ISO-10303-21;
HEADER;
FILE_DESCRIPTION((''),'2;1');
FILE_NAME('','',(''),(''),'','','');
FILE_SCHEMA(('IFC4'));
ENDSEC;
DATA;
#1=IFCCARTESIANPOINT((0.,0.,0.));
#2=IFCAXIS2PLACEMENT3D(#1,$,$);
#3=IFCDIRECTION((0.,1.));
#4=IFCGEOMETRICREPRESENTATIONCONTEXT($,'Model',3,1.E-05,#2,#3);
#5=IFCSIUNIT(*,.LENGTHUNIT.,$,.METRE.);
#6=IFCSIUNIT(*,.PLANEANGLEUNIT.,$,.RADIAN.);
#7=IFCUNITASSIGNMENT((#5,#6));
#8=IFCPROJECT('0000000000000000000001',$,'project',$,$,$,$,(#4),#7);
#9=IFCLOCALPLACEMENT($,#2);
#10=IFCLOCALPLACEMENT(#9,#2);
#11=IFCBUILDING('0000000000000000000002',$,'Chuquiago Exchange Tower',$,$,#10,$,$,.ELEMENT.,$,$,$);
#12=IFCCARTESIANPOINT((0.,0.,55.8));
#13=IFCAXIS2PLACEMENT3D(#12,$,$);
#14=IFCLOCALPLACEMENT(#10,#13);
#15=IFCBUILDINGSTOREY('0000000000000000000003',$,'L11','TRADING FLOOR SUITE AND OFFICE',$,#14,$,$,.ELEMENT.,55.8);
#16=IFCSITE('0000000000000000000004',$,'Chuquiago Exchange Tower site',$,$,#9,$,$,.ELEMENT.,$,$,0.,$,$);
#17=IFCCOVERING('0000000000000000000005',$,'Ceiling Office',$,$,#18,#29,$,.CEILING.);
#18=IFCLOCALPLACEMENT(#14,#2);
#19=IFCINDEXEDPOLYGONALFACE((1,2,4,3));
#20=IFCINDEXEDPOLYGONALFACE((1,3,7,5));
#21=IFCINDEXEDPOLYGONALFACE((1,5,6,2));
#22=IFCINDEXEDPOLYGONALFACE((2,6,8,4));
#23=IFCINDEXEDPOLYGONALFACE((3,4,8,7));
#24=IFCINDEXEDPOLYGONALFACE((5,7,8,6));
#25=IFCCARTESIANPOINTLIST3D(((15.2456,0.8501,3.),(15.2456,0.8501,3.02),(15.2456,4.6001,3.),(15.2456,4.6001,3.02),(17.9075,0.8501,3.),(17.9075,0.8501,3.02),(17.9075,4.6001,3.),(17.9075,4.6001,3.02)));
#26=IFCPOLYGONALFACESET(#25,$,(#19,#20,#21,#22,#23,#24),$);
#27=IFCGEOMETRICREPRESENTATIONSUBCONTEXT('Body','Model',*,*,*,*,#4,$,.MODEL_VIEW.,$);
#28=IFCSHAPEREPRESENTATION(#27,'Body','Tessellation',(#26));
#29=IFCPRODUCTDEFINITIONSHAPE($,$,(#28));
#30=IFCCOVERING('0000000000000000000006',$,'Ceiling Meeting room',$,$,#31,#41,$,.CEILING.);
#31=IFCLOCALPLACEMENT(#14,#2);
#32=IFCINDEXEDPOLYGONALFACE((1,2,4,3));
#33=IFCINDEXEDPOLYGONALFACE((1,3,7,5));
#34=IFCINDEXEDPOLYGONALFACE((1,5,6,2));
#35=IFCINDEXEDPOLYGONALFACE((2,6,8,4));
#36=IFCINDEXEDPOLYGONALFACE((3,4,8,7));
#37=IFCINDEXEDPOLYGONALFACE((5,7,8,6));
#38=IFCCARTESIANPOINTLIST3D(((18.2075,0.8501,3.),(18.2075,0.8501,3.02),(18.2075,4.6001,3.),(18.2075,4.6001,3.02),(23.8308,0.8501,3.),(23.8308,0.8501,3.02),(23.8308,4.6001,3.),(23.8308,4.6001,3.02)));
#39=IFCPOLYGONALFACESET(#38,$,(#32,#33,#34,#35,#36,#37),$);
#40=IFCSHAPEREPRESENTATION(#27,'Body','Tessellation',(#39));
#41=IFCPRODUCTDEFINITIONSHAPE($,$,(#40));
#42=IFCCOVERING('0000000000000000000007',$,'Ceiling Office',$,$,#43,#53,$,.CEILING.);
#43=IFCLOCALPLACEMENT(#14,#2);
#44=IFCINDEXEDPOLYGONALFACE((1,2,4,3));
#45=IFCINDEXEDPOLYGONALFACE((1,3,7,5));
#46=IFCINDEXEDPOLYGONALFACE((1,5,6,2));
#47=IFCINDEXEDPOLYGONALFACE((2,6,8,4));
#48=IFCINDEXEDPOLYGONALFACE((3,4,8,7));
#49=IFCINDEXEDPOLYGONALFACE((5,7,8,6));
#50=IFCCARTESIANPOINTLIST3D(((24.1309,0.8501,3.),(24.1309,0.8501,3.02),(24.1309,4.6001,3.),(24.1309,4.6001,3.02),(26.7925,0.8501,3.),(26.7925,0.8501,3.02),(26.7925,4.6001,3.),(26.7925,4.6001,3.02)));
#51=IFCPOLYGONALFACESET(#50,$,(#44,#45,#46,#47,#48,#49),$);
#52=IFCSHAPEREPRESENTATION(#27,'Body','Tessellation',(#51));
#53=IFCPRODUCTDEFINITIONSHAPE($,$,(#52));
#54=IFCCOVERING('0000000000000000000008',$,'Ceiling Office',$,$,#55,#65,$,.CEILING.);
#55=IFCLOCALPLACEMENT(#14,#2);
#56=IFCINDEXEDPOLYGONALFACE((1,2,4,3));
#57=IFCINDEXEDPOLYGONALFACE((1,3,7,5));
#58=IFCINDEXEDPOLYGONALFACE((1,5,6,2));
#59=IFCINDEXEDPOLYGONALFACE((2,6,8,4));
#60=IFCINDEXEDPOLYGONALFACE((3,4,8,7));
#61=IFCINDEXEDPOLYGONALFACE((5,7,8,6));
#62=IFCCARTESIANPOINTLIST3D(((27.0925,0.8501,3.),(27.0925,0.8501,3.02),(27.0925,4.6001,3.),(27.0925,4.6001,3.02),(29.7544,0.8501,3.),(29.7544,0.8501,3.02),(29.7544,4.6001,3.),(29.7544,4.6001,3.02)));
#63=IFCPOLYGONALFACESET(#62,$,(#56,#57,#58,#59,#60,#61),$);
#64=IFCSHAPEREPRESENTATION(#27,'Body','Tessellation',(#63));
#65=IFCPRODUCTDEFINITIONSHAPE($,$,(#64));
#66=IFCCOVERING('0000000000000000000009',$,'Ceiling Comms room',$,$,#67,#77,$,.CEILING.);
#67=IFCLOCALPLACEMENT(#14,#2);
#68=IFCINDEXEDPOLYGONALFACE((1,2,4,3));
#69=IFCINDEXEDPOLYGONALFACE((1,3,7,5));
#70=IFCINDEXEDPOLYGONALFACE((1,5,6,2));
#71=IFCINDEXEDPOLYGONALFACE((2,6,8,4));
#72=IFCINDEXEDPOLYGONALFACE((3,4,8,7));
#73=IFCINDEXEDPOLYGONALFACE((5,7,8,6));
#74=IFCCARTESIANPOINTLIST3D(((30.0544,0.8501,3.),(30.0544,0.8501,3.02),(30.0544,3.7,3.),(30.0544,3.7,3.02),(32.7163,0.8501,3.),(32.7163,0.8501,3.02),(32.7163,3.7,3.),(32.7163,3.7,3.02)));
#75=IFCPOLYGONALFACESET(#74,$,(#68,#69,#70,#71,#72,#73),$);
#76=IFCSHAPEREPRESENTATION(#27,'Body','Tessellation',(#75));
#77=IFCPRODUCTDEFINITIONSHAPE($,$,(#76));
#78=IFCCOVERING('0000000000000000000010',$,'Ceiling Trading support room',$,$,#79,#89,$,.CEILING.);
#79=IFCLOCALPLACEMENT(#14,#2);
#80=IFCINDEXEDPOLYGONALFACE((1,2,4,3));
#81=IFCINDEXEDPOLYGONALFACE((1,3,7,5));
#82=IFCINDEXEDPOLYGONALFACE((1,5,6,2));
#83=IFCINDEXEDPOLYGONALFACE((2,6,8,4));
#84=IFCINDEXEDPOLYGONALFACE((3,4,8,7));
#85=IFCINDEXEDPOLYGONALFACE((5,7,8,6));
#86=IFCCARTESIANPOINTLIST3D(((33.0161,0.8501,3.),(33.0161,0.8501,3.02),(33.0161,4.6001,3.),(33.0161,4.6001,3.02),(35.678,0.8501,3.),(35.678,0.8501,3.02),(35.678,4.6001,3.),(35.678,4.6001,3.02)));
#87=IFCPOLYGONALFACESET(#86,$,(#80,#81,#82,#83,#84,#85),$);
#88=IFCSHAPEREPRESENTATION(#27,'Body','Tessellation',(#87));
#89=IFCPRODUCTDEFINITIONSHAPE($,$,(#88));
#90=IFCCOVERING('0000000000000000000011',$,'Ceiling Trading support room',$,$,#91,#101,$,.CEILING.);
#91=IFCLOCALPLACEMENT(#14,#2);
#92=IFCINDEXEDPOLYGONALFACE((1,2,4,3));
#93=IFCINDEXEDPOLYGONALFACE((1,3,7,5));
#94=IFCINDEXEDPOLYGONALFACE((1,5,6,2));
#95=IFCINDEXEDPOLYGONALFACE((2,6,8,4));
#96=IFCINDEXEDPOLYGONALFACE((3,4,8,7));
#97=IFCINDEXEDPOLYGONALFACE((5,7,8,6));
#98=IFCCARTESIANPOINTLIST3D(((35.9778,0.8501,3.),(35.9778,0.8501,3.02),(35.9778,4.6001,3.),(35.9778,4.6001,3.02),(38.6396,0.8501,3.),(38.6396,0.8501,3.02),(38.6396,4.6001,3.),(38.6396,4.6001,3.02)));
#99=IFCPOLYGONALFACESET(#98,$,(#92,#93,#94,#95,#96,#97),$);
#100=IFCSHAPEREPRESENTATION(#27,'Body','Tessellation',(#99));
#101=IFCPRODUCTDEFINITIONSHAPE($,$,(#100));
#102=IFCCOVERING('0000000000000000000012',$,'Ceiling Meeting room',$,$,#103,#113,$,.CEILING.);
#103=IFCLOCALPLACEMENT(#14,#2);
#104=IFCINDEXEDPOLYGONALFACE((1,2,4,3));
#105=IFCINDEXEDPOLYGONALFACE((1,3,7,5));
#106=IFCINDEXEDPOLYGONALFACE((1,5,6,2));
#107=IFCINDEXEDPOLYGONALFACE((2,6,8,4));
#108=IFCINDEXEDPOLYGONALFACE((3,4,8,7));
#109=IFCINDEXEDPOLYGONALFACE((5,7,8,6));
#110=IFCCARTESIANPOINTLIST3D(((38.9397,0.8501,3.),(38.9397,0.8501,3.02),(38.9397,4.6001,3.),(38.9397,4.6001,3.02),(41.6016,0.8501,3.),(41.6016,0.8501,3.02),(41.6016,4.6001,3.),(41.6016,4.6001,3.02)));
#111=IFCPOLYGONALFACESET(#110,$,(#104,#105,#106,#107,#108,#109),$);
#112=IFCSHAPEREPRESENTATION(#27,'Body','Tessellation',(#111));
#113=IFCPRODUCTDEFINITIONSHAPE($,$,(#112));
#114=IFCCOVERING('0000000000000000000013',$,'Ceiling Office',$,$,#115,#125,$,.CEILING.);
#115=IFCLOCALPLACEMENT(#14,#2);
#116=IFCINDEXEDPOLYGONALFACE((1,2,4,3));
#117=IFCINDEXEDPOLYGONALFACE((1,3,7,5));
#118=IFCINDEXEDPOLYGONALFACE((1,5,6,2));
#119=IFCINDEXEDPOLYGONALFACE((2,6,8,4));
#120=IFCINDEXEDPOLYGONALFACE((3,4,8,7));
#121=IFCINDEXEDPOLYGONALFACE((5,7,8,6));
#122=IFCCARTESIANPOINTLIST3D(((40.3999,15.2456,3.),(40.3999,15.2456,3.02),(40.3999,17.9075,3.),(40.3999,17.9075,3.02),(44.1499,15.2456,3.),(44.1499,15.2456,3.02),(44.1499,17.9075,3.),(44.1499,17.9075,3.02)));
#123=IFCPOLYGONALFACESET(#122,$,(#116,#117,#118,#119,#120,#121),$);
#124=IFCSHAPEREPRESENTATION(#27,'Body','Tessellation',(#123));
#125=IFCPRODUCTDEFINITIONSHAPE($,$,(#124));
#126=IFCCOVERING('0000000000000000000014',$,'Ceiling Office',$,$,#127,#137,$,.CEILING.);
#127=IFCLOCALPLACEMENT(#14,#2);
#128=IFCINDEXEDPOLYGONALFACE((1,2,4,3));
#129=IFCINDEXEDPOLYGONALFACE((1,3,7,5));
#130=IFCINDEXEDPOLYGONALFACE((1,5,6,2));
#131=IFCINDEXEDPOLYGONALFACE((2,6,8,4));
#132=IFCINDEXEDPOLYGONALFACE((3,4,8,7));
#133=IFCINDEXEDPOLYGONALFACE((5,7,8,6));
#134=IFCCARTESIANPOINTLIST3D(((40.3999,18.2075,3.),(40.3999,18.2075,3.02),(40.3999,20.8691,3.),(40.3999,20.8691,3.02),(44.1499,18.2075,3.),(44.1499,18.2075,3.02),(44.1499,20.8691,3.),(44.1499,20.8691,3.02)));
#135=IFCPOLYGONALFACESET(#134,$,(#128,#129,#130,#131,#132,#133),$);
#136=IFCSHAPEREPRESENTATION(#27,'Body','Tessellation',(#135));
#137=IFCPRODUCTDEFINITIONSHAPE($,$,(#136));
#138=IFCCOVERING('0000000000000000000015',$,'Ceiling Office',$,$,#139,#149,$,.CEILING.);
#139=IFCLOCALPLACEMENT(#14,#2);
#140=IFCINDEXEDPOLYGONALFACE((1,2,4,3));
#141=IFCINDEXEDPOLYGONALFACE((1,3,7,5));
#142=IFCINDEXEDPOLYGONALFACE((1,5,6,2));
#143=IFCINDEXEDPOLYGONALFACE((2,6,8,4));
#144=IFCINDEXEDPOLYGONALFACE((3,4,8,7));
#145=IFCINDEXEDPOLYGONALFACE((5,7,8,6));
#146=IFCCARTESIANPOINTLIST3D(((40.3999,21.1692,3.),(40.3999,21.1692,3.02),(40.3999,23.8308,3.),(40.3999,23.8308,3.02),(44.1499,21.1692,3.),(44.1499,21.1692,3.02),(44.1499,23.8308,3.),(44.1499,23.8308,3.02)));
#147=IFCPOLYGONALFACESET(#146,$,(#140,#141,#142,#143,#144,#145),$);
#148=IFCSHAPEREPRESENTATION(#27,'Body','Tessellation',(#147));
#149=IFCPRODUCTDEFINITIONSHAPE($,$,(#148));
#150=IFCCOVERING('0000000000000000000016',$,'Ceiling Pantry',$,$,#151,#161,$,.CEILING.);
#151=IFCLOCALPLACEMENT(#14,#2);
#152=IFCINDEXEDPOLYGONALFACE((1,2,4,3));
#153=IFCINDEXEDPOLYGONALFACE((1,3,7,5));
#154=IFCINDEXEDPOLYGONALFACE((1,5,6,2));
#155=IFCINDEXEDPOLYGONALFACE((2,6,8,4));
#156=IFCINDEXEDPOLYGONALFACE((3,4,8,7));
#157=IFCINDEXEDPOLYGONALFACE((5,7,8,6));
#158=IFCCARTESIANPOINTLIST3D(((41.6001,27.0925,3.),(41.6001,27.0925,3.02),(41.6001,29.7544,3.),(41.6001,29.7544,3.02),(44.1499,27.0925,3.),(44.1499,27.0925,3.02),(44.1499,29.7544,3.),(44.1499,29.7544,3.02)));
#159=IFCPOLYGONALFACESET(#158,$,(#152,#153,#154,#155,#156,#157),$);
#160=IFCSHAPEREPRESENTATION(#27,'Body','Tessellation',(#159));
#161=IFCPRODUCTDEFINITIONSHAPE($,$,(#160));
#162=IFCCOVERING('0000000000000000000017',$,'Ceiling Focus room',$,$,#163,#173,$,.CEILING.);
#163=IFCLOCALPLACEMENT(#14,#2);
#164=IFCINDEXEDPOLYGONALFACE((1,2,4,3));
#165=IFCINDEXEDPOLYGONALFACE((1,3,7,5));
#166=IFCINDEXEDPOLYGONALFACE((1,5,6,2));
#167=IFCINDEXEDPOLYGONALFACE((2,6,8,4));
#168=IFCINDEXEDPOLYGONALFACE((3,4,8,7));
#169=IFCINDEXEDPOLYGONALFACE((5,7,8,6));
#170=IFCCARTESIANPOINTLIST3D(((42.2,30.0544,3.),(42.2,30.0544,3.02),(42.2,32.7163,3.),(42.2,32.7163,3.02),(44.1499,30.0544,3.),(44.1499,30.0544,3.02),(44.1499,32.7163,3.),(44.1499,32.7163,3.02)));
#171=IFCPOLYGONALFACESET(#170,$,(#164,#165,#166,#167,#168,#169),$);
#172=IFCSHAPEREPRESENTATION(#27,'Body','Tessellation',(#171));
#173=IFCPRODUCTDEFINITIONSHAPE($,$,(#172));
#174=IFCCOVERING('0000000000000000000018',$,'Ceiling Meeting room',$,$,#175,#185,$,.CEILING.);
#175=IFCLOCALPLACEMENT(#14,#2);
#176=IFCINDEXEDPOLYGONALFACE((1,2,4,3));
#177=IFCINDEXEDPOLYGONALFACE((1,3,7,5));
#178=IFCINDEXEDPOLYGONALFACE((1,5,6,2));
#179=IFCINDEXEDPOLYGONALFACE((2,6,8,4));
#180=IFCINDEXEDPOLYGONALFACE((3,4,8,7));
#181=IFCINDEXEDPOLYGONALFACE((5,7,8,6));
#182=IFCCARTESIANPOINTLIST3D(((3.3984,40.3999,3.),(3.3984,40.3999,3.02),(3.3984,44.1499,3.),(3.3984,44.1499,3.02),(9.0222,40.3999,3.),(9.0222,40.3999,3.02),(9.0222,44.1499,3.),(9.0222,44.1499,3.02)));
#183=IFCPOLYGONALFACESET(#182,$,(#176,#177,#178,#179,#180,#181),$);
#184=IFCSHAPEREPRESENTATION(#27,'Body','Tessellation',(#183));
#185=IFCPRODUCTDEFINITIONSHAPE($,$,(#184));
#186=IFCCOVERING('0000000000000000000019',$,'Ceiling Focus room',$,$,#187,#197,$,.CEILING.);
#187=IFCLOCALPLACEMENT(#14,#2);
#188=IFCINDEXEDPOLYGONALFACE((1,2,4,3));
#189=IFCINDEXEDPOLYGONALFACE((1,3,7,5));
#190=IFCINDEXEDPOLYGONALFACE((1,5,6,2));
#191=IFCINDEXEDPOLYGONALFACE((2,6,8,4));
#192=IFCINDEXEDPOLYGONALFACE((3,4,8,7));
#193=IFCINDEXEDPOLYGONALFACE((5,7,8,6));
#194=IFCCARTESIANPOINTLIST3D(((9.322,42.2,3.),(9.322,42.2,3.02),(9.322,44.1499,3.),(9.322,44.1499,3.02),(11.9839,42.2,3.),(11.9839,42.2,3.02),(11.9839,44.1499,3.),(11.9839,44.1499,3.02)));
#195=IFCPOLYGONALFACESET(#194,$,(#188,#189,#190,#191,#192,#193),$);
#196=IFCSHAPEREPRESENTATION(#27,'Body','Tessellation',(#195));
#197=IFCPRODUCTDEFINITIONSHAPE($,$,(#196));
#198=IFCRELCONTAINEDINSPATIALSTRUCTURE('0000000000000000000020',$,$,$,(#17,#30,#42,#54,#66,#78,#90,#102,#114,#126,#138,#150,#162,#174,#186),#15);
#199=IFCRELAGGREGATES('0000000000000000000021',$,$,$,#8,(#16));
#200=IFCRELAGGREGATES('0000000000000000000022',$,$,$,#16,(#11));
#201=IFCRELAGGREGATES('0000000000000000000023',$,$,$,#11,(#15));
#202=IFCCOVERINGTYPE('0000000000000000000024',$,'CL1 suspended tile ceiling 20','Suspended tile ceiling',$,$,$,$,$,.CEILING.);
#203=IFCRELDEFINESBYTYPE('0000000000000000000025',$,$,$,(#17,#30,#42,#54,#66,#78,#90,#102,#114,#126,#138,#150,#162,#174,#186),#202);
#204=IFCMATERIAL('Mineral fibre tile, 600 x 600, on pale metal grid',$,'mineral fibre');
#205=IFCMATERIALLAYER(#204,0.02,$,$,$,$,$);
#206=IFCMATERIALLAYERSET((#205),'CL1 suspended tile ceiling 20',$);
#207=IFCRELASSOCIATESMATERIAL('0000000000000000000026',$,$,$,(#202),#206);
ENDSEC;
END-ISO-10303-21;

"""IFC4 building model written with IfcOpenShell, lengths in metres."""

from ifc_helpers import new_model, si_unit, direction, frame, origin, place, context, subcontext, project, spatial, polyline, outline, extrude, material, layer, layer_set, type_object, element, save


model = new_model("IFC4")

# Units and contexts
model_context = context("Model", 3, precision=1e-05, world=origin(), true_north=direction((0.0, 1.0)))
body_context = subcontext(model_context, "Body", "Model", "MODEL_VIEW")
ifc_project = project(units=[si_unit("LENGTHUNIT", "METRE"), si_unit("PLANEANGLEUNIT", "RADIAN")], contexts=[model_context])

# Site, building, storey
site_placement = place(None, origin())
site = spatial("IfcSite", under=ifc_project, at=site_placement, Name="Chuquiago Exchange Tower site", CompositionType="ELEMENT", RefElevation=0.0)
building_placement = place(site_placement, origin())
building = spatial("IfcBuilding", under=site, at=building_placement, Name="Chuquiago Exchange Tower", CompositionType="ELEMENT")
storey_placement = place(building_placement, frame((0.0, 0.0, 55.8)))
storey = spatial("IfcBuildingStorey", under=building, at=storey_placement, Name="L11", Description="TRADING FLOOR SUITE AND OFFICE", CompositionType="ELEMENT", Elevation=55.8)

# Coverings
ifc_material_1 = material(Name="Mineral fibre tile, 600 x 600, on pale metal grid", Category="mineral fibre")
ifc_layer_1 = layer(ifc_material_1, 0.02)
ifc_layer_set_1 = layer_set([ifc_layer_1], Name="CL1 suspended tile ceiling 20")
covering_type_1 = type_object("IfcCoveringType", Name="CL1 suspended tile ceiling 20", Description="Suspended tile ceiling", PredefinedType="CEILING", material=ifc_layer_set_1)
covering_1_placement = place(storey_placement, frame((0.0, 0.0, 3.0)))
element("IfcCovering", 1, at=covering_1_placement, inside=storey, type_object=covering_type_1, Name="Ceiling Office", PredefinedType="CEILING", context=body_context, shape_type="SweptSolid", body=[
    extrude(outline(polyline([(15.2456, 4.6001), (17.9075, 4.6001), (17.9075, 0.8501), (15.2456, 0.8501), (15.2456, 4.6001)])), origin(), (0.0, 0.0, 1.0), 0.02),
])
covering_2_placement = place(storey_placement, frame((0.0, 0.0, 3.0)))
element("IfcCovering", 2, at=covering_2_placement, inside=storey, type_object=covering_type_1, Name="Ceiling Meeting room", PredefinedType="CEILING", context=body_context, shape_type="SweptSolid", body=[
    extrude(outline(polyline([(18.2075, 4.6001), (23.8308, 4.6001), (23.8308, 0.8501), (18.2075, 0.8501), (18.2075, 4.6001)])), origin(), (0.0, 0.0, 1.0), 0.02),
])
covering_3_placement = place(storey_placement, frame((0.0, 0.0, 3.0)))
element("IfcCovering", 3, at=covering_3_placement, inside=storey, type_object=covering_type_1, Name="Ceiling Office", PredefinedType="CEILING", context=body_context, shape_type="SweptSolid", body=[
    extrude(outline(polyline([(24.1309, 4.6001), (26.7925, 4.6001), (26.7925, 0.8501), (24.1309, 0.8501), (24.1309, 4.6001)])), origin(), (0.0, 0.0, 1.0), 0.02),
])
covering_4_placement = place(storey_placement, frame((0.0, 0.0, 3.0)))
element("IfcCovering", 4, at=covering_4_placement, inside=storey, type_object=covering_type_1, Name="Ceiling Office", PredefinedType="CEILING", context=body_context, shape_type="SweptSolid", body=[
    extrude(outline(polyline([(27.0925, 4.6001), (29.7544, 4.6001), (29.7544, 0.8501), (27.0925, 0.8501), (27.0925, 4.6001)])), origin(), (0.0, 0.0, 1.0), 0.02),
])
covering_5_placement = place(storey_placement, frame((0.0, 0.0, 3.0)))
element("IfcCovering", 5, at=covering_5_placement, inside=storey, type_object=covering_type_1, Name="Ceiling Comms room", PredefinedType="CEILING", context=body_context, shape_type="SweptSolid", body=[
    extrude(outline(polyline([(30.0544, 3.7), (32.7163, 3.7), (32.7163, 0.8501), (30.0544, 0.8501), (30.0544, 3.7)])), origin(), (0.0, 0.0, 1.0), 0.02),
])
covering_6_placement = place(storey_placement, frame((0.0, 0.0, 3.0)))
element("IfcCovering", 6, at=covering_6_placement, inside=storey, type_object=covering_type_1, Name="Ceiling Trading support room", PredefinedType="CEILING", context=body_context, shape_type="SweptSolid", body=[
    extrude(outline(polyline([(33.0161, 4.6001), (35.678, 4.6001), (35.678, 0.8501), (33.0161, 0.8501), (33.0161, 4.6001)])), origin(), (0.0, 0.0, 1.0), 0.02),
])
covering_7_placement = place(storey_placement, frame((0.0, 0.0, 3.0)))
element("IfcCovering", 7, at=covering_7_placement, inside=storey, type_object=covering_type_1, Name="Ceiling Trading support room", PredefinedType="CEILING", context=body_context, shape_type="SweptSolid", body=[
    extrude(outline(polyline([(35.9778, 4.6001), (38.6396, 4.6001), (38.6396, 0.8501), (35.9778, 0.8501), (35.9778, 4.6001)])), origin(), (0.0, 0.0, 1.0), 0.02),
])
covering_8_placement = place(storey_placement, frame((0.0, 0.0, 3.0)))
element("IfcCovering", 8, at=covering_8_placement, inside=storey, type_object=covering_type_1, Name="Ceiling Meeting room", PredefinedType="CEILING", context=body_context, shape_type="SweptSolid", body=[
    extrude(outline(polyline([(38.9397, 0.8501), (38.9397, 4.6001), (41.6016, 4.6001), (41.6016, 0.8501), (38.9397, 0.8501)])), origin(), (0.0, 0.0, 1.0), 0.02),
])
covering_9_placement = place(storey_placement, frame((0.0, 0.0, 3.0)))
element("IfcCovering", 9, at=covering_9_placement, inside=storey, type_object=covering_type_1, Name="Ceiling Office", PredefinedType="CEILING", context=body_context, shape_type="SweptSolid", body=[
    extrude(outline(polyline([(40.3999, 15.2456), (40.3999, 17.9075), (44.1499, 17.9075), (44.1499, 15.2456), (40.3999, 15.2456)])), origin(), (0.0, 0.0, 1.0), 0.02),
])
covering_10_placement = place(storey_placement, frame((0.0, 0.0, 3.0)))
element("IfcCovering", 10, at=covering_10_placement, inside=storey, type_object=covering_type_1, Name="Ceiling Office", PredefinedType="CEILING", context=body_context, shape_type="SweptSolid", body=[
    extrude(outline(polyline([(40.3999, 18.2075), (40.3999, 20.8691), (44.1499, 20.8691), (44.1499, 18.2075), (40.3999, 18.2075)])), origin(), (0.0, 0.0, 1.0), 0.02),
])
covering_11_placement = place(storey_placement, frame((0.0, 0.0, 3.0)))
element("IfcCovering", 11, at=covering_11_placement, inside=storey, type_object=covering_type_1, Name="Ceiling Office", PredefinedType="CEILING", context=body_context, shape_type="SweptSolid", body=[
    extrude(outline(polyline([(40.3999, 21.1692), (40.3999, 23.8308), (44.1499, 23.8308), (44.1499, 21.1692), (40.3999, 21.1692)])), origin(), (0.0, 0.0, 1.0), 0.02),
])
covering_12_placement = place(storey_placement, frame((0.0, 0.0, 3.0)))
element("IfcCovering", 12, at=covering_12_placement, inside=storey, type_object=covering_type_1, Name="Ceiling Pantry", PredefinedType="CEILING", context=body_context, shape_type="SweptSolid", body=[
    extrude(outline(polyline([(41.6001, 27.0925), (41.6001, 29.7544), (44.1499, 29.7544), (44.1499, 27.0925), (41.6001, 27.0925)])), origin(), (0.0, 0.0, 1.0), 0.02),
])
covering_13_placement = place(storey_placement, frame((0.0, 0.0, 3.0)))
element("IfcCovering", 13, at=covering_13_placement, inside=storey, type_object=covering_type_1, Name="Ceiling Focus room", PredefinedType="CEILING", context=body_context, shape_type="SweptSolid", body=[
    extrude(outline(polyline([(42.2, 30.0544), (42.2, 32.7163), (44.1499, 32.7163), (44.1499, 30.0544), (42.2, 30.0544)])), origin(), (0.0, 0.0, 1.0), 0.02),
])
covering_14_placement = place(storey_placement, frame((0.0, 0.0, 3.0)))
element("IfcCovering", 14, at=covering_14_placement, inside=storey, type_object=covering_type_1, Name="Ceiling Meeting room", PredefinedType="CEILING", context=body_context, shape_type="SweptSolid", body=[
    extrude(outline(polyline([(9.0222, 44.1499), (9.0222, 40.3999), (3.3984, 40.3999), (3.3984, 44.1499), (9.0222, 44.1499)])), origin(), (0.0, 0.0, 1.0), 0.02),
])
covering_15_placement = place(storey_placement, frame((0.0, 0.0, 3.0)))
element("IfcCovering", 15, at=covering_15_placement, inside=storey, type_object=covering_type_1, Name="Ceiling Focus room", PredefinedType="CEILING", context=body_context, shape_type="SweptSolid", body=[
    extrude(outline(polyline([(11.9839, 42.2), (9.322, 42.2), (9.322, 44.1499), (11.9839, 44.1499), (11.9839, 42.2)])), origin(), (0.0, 0.0, 1.0), 0.02),
])

save(model, "model.ifc")
